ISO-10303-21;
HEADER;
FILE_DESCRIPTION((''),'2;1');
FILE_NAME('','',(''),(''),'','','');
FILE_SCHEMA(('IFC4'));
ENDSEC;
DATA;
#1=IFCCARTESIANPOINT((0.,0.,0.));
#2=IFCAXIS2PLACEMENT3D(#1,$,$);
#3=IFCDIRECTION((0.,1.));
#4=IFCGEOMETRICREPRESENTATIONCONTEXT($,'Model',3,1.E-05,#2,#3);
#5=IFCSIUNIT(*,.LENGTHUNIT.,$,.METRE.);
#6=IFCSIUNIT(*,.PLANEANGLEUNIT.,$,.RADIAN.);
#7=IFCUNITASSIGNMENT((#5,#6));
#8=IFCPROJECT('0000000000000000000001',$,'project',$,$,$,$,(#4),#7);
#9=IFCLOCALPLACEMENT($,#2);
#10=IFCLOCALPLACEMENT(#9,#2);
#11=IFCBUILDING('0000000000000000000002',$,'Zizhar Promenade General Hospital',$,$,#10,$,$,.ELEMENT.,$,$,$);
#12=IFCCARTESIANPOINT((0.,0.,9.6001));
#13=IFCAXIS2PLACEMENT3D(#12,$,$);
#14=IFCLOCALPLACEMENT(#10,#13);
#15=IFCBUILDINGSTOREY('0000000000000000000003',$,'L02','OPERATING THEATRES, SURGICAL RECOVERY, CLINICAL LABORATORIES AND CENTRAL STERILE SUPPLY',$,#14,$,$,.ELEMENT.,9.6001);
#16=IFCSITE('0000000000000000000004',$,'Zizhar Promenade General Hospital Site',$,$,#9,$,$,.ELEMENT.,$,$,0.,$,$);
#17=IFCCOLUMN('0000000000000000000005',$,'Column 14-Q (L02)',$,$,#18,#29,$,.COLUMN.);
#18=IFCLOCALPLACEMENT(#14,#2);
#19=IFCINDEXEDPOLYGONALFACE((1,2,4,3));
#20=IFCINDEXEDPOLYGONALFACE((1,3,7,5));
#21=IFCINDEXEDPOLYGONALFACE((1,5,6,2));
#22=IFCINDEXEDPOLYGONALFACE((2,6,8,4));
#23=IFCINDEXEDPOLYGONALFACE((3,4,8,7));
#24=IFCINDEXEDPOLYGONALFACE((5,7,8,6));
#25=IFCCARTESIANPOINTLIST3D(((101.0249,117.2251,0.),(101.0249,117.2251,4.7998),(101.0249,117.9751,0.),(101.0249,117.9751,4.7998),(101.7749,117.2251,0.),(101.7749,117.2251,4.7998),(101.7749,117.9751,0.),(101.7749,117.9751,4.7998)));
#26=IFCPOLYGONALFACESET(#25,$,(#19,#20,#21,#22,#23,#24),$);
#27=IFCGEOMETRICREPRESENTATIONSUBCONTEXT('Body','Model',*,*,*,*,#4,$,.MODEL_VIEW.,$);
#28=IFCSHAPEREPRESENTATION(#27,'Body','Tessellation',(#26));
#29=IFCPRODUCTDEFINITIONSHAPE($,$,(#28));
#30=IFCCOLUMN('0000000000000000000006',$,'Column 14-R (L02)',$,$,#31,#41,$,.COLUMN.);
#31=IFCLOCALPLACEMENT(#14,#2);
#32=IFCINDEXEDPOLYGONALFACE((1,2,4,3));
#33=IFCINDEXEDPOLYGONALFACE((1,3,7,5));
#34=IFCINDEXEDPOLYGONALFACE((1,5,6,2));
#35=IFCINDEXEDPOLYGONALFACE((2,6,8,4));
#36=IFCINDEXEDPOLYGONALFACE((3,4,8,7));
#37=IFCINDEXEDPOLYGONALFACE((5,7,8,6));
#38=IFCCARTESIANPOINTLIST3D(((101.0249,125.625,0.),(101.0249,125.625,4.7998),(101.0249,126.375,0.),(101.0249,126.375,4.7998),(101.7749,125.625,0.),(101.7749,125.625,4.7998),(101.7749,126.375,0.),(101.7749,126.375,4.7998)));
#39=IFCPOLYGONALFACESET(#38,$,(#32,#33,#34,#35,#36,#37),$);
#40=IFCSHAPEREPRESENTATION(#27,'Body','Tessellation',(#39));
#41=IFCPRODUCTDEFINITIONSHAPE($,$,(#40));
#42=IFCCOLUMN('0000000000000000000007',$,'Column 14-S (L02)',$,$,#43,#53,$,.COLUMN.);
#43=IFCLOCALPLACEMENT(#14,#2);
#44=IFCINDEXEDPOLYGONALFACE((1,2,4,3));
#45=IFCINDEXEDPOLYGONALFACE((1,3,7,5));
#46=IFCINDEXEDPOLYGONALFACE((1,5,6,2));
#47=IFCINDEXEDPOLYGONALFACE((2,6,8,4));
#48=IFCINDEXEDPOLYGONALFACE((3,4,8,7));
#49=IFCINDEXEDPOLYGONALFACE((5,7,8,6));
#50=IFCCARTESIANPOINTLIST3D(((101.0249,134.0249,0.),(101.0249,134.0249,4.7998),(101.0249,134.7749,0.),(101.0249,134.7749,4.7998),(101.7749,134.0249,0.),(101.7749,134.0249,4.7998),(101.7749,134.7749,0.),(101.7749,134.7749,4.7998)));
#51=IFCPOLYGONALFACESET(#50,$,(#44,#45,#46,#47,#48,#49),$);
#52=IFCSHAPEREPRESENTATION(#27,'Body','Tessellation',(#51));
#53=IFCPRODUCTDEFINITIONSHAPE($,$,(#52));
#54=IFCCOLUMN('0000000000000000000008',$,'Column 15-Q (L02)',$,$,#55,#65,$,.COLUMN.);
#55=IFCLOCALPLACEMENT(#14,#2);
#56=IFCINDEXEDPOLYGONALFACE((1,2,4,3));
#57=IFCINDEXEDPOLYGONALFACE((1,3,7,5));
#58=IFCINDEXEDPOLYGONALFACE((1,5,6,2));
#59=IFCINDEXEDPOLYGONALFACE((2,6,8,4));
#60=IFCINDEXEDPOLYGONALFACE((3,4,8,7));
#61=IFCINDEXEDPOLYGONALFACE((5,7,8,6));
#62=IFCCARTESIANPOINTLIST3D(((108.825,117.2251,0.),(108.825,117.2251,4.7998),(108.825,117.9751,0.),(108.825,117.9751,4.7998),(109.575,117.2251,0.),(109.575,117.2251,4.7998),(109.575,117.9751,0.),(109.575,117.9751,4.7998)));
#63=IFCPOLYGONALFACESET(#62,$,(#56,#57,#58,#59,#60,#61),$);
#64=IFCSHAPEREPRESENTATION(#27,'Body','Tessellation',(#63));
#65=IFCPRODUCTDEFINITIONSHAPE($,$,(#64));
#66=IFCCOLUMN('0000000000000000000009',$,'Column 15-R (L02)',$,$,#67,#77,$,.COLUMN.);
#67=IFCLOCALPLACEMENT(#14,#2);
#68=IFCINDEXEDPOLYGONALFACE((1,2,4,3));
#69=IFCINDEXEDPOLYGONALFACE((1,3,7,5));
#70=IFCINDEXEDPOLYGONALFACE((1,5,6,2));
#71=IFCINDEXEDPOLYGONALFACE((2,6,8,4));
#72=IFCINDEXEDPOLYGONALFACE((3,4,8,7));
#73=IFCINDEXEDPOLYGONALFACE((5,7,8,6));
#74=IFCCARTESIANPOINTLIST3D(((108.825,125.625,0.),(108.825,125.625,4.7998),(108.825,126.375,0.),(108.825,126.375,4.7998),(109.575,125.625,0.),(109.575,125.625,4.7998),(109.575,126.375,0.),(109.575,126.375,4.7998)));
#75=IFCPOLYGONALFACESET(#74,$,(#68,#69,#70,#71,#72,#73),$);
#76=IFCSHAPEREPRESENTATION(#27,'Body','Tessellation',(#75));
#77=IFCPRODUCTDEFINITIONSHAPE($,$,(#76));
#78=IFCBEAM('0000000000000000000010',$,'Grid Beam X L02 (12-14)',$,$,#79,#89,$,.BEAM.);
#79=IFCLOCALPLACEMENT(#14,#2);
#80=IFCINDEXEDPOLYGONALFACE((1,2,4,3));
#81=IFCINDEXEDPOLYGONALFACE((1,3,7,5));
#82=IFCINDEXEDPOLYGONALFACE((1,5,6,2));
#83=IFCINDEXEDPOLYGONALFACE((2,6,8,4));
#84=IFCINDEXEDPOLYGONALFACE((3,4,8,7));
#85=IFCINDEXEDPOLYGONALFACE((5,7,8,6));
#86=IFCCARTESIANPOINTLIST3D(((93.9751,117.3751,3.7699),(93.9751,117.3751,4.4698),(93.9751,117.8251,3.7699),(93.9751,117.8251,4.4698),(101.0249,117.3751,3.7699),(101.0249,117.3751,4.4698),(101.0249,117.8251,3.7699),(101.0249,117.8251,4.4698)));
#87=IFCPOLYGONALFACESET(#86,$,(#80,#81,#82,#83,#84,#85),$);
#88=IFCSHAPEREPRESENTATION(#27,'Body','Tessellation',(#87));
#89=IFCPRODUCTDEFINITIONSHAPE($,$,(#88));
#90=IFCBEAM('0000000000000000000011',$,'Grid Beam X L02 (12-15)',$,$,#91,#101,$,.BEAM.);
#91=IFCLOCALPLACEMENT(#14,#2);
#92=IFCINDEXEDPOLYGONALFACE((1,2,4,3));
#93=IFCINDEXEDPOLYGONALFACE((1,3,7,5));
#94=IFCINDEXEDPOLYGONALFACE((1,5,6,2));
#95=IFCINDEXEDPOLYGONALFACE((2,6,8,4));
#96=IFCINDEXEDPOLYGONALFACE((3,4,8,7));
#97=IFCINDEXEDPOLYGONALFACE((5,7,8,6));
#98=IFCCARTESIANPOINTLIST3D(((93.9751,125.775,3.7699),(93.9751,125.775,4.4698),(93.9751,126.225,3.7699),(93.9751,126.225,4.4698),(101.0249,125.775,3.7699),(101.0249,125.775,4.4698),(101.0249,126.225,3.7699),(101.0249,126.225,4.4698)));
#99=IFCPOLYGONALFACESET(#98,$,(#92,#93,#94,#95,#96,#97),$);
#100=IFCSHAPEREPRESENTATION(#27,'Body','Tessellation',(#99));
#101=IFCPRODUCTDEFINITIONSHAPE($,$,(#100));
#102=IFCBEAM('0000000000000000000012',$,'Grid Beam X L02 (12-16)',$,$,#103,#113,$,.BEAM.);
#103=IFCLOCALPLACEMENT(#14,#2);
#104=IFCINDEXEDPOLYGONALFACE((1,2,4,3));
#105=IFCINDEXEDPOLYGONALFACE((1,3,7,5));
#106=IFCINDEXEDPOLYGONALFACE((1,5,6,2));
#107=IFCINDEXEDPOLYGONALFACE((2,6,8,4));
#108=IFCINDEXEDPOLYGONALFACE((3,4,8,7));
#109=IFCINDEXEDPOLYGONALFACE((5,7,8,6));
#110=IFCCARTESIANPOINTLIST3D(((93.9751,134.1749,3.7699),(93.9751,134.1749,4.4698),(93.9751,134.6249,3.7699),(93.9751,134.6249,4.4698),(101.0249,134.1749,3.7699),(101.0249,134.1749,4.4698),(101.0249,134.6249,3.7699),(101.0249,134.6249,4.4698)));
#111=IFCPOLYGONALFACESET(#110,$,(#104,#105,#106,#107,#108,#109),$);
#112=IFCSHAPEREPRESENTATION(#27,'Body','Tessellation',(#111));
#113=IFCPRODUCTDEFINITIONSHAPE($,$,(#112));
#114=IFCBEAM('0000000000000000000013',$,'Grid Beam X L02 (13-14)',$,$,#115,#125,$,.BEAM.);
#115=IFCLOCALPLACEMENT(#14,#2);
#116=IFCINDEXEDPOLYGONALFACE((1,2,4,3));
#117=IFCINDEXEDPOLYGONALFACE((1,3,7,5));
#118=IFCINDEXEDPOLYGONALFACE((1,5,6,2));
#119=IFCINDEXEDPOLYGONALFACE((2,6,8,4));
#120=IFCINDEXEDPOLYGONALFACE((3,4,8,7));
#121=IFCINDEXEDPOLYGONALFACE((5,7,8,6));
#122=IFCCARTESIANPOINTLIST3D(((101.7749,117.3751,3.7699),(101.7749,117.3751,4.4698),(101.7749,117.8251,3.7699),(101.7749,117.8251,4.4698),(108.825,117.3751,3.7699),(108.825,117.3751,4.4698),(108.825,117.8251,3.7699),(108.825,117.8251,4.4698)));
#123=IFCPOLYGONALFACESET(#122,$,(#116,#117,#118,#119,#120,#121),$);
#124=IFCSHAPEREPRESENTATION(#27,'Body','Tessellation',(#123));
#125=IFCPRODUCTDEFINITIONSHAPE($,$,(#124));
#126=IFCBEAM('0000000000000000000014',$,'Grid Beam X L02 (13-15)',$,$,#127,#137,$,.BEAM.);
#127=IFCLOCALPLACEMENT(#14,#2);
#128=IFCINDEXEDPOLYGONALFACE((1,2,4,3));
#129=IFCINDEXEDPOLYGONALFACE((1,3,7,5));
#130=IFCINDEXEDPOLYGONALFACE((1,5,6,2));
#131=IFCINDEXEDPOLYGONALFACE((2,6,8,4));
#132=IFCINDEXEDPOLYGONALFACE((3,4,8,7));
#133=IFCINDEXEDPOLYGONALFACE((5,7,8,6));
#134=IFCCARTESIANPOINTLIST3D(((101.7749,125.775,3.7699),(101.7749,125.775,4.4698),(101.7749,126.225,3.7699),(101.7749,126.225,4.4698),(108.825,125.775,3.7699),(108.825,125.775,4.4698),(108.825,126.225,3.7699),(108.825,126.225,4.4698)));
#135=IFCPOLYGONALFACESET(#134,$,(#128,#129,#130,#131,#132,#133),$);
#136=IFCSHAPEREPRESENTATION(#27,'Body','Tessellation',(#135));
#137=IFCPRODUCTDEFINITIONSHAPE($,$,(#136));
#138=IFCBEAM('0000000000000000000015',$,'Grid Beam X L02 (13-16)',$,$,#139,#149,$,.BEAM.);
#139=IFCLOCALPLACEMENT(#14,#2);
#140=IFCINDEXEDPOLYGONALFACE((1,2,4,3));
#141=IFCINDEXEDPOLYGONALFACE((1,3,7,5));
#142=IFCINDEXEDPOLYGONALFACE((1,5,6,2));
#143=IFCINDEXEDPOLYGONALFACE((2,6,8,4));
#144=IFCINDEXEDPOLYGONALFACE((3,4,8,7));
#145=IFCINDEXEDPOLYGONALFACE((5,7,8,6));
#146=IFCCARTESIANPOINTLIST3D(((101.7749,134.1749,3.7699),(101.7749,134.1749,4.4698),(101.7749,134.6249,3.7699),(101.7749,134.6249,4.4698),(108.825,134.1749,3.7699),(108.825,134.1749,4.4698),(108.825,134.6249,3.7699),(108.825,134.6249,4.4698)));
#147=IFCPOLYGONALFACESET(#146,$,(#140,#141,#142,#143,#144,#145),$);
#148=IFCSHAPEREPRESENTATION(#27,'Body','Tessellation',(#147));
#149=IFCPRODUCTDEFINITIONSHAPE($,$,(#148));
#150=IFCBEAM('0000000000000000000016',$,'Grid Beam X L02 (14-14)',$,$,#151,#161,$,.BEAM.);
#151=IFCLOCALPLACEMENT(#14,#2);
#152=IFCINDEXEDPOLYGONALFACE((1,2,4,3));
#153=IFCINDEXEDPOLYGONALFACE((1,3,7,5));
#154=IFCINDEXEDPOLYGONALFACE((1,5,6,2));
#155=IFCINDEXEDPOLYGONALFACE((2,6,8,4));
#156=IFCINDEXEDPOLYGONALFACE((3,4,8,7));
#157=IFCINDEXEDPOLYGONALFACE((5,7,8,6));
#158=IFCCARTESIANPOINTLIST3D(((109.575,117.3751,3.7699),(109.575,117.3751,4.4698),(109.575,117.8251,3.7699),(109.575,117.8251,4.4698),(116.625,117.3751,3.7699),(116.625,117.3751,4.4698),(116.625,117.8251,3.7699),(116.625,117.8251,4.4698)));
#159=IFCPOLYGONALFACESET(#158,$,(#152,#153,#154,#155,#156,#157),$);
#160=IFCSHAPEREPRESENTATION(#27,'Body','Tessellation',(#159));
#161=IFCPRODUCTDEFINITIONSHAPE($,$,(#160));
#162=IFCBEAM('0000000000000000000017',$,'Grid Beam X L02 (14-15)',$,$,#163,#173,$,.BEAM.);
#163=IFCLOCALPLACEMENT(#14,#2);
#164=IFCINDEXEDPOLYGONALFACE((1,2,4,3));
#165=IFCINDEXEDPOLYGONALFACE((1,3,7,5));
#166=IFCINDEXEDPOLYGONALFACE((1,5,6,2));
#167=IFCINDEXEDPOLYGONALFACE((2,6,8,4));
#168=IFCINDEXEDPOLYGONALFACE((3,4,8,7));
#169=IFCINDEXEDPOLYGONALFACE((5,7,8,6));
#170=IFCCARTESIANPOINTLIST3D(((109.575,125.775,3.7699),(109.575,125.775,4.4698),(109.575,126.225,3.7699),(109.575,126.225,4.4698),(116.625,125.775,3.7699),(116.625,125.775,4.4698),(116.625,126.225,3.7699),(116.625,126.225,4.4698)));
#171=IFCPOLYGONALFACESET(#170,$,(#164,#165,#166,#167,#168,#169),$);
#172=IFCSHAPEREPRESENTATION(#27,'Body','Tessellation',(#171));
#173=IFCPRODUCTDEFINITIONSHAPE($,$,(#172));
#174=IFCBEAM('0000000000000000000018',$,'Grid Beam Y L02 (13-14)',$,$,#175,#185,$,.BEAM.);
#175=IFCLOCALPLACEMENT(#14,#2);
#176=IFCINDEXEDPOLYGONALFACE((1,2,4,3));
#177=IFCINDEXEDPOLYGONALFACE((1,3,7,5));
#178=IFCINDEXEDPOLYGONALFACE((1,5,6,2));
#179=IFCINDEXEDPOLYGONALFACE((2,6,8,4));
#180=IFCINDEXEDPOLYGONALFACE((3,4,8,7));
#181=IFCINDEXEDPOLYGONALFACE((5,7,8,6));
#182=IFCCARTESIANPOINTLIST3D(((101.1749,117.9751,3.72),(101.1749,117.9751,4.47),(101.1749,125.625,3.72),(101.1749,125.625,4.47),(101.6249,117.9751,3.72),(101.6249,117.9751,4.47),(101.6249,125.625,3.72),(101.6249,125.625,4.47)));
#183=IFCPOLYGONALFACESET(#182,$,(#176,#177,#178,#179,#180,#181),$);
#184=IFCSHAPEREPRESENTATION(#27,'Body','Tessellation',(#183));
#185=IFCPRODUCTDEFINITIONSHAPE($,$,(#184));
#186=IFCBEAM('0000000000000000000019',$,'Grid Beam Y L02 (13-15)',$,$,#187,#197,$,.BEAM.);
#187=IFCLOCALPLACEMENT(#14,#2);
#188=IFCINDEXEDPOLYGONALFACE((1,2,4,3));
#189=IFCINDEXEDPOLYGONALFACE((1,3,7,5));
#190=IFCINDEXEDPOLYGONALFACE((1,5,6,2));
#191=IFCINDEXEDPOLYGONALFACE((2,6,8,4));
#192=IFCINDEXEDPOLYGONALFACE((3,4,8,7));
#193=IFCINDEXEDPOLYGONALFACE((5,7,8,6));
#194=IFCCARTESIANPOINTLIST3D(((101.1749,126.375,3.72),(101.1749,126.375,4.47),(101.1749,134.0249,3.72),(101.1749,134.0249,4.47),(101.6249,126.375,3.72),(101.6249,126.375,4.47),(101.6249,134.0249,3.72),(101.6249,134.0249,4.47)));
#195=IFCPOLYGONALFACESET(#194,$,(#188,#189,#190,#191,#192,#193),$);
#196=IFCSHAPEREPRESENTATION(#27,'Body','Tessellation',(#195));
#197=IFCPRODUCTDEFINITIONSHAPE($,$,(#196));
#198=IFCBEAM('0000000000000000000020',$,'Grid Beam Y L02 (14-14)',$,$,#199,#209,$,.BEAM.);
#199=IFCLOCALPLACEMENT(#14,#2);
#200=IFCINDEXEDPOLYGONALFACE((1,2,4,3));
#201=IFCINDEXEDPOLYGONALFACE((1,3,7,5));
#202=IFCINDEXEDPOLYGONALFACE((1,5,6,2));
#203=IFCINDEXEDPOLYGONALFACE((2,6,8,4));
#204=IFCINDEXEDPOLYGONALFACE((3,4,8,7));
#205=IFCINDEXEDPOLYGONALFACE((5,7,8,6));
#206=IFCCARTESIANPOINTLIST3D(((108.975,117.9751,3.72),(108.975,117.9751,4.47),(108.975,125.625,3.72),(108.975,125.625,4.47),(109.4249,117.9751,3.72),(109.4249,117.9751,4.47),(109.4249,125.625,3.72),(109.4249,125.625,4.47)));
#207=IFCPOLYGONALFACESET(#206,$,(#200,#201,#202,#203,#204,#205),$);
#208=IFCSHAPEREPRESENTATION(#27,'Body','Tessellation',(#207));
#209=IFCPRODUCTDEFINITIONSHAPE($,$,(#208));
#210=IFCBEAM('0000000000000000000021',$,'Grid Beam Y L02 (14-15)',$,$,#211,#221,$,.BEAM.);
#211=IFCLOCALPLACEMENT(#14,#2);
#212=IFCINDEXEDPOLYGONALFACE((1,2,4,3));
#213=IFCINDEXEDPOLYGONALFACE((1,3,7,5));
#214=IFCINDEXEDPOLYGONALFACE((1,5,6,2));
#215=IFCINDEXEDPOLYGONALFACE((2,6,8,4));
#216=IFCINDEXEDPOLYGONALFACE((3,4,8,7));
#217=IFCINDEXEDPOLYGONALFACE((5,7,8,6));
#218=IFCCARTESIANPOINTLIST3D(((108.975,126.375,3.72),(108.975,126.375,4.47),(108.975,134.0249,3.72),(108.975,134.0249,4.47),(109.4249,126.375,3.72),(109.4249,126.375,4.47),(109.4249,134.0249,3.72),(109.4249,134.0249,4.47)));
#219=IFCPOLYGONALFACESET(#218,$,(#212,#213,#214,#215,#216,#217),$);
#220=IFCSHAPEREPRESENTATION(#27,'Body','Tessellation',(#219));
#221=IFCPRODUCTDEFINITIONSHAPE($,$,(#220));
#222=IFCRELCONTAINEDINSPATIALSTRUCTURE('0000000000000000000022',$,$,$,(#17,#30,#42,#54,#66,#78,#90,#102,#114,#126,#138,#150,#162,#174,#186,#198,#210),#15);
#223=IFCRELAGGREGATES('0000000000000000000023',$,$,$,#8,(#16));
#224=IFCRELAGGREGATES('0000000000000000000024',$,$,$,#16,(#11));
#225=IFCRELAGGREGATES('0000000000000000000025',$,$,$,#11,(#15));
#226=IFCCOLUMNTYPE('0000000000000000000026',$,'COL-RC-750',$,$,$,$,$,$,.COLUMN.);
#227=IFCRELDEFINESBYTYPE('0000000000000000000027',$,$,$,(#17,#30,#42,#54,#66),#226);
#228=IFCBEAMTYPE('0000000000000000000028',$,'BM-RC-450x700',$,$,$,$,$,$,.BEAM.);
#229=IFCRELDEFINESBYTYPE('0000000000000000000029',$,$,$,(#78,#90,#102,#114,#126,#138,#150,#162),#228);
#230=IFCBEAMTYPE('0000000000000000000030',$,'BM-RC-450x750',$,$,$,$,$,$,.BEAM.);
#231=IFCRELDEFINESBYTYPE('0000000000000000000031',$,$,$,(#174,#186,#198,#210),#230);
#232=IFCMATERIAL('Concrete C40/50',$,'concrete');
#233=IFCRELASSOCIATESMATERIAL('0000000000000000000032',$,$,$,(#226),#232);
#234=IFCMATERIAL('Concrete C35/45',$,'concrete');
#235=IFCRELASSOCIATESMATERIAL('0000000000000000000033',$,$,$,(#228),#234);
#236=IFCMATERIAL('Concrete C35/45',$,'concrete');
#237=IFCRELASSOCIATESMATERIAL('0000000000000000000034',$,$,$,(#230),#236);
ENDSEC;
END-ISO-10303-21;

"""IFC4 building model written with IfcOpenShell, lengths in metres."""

from ifc_helpers import new_model, si_unit, direction, frame, origin, origin_2d, place, context, subcontext, project, spatial, rectangle, extrude, material, material_profile, profile_set, type_object, element, save


model = new_model("IFC4")

# Units and contexts
model_context = context("Model", 3, precision=1e-05, world=origin(), true_north=direction((0.0, 1.0)))
body_context = subcontext(model_context, "Body", "Model", "MODEL_VIEW")
ifc_project = project(units=[si_unit("LENGTHUNIT", "METRE"), si_unit("PLANEANGLEUNIT", "RADIAN")], contexts=[model_context])

# Site, building, storey
site_placement = place(None, origin())
site = spatial("IfcSite", under=ifc_project, at=site_placement, Name="Zizhar Promenade General Hospital Site", CompositionType="ELEMENT", RefElevation=0.0)
building_placement = place(site_placement, origin())
building = spatial("IfcBuilding", under=site, at=building_placement, Name="Zizhar Promenade General Hospital", CompositionType="ELEMENT")
storey_placement = place(building_placement, frame((0.0, 0.0, 9.6001)))
storey = spatial("IfcBuildingStorey", under=building, at=storey_placement, Name="L02", Description="OPERATING THEATRES, SURGICAL RECOVERY, CLINICAL LABORATORIES AND CENTRAL STERILE SUPPLY", CompositionType="ELEMENT", Elevation=9.6001)

# Columns
ifc_material_1 = material(Name="Concrete C40/50", Category="concrete")
ifc_material_profile_1 = material_profile(ifc_material_1, rectangle(XDim=0.75, YDim=0.75, at=origin_2d()))
ifc_profile_set_1 = profile_set([ifc_material_profile_1], Name="Concrete C40/50")
column_type = type_object("IfcColumnType", Name="COL-RC-750", PredefinedType="COLUMN", material=ifc_profile_set_1)
for number, where, z_axis, x_axis, name in (
    (1, (101.3999, 117.6001, 0.0), (0.0, 0.0, 1.0), (1.0, 0.0, 0.0), "Column 14-Q (L02)"),
    (2, (101.3999, 126.0, 0.0), (0.0, 0.0, 1.0), (1.0, 0.0, 0.0), "Column 14-R (L02)"),
    (3, (101.3999, 134.3999, 0.0), (0.0, 0.0, 1.0), (1.0, 0.0, 0.0), "Column 14-S (L02)"),
    (4, (109.2, 117.6001, 0.0), (0.0, 0.0, 1.0), (1.0, 0.0, 0.0), "Column 15-Q (L02)"),
    (5, (109.2, 126.0, 0.0), (0.0, 0.0, 1.0), (1.0, 0.0, 0.0), "Column 15-R (L02)"),
):
    element("IfcColumn", number, at=place(storey_placement, frame(where, z_axis=z_axis, x_axis=x_axis)), inside=storey, type_object=column_type, Name=name, PredefinedType="COLUMN", context=body_context, shape_type="SweptSolid", body=[
        extrude(rectangle(XDim=0.75, YDim=0.75, at=origin_2d()), origin(), (0.0, 0.0, 1.0), 4.7998),
    ])

# Beams
ifc_material_2 = material(Name="Concrete C35/45", Category="concrete")
ifc_material_profile_2 = material_profile(ifc_material_2, rectangle(XDim=0.45, YDim=0.7, at=origin_2d()))
ifc_profile_set_2 = profile_set([ifc_material_profile_2], Name="Concrete C35/45")
beam_type_1 = type_object("IfcBeamType", Name="BM-RC-450x700", PredefinedType="BEAM", material=ifc_profile_set_2)
for number, where, z_axis, x_axis, name in (
    (6, (93.9751, 117.6001, 4.1199), (1.0, 0.0, 0.0), (0.0, 1.0, 0.0), "Grid Beam X L02 (12-14)"),
    (7, (93.9751, 126.0, 4.1199), (1.0, 0.0, 0.0), (0.0, 1.0, 0.0), "Grid Beam X L02 (12-15)"),
    (8, (93.9751, 134.3999, 4.1199), (1.0, 0.0, 0.0), (0.0, 1.0, 0.0), "Grid Beam X L02 (12-16)"),
):
    element("IfcBeam", number, at=place(storey_placement, frame(where, z_axis=z_axis, x_axis=x_axis)), inside=storey, type_object=beam_type_1, Name=name, PredefinedType="BEAM", context=body_context, shape_type="SweptSolid", body=[
        extrude(rectangle(XDim=0.45, YDim=0.7, at=origin_2d()), origin(), (0.0, 0.0, 1.0), 7.0498),
    ])
for number, where, z_axis, x_axis, name in (
    (9, (101.7749, 117.6001, 4.1199), (1.0, 0.0, 0.0), (0.0, 1.0, 0.0), "Grid Beam X L02 (13-14)"),
    (10, (101.7749, 126.0, 4.1199), (1.0, 0.0, 0.0), (0.0, 1.0, 0.0), "Grid Beam X L02 (13-15)"),
    (11, (101.7749, 134.3999, 4.1199), (1.0, 0.0, 0.0), (0.0, 1.0, 0.0), "Grid Beam X L02 (13-16)"),
    (12, (109.575, 117.6001, 4.1199), (1.0, 0.0, 0.0), (0.0, 1.0, 0.0), "Grid Beam X L02 (14-14)"),
    (13, (109.575, 126.0, 4.1199), (1.0, 0.0, 0.0), (0.0, 1.0, 0.0), "Grid Beam X L02 (14-15)"),
):
    element("IfcBeam", number, at=place(storey_placement, frame(where, z_axis=z_axis, x_axis=x_axis)), inside=storey, type_object=beam_type_1, Name=name, PredefinedType="BEAM", context=body_context, shape_type="SweptSolid", body=[
        extrude(rectangle(XDim=0.45, YDim=0.7, at=origin_2d()), origin(), (0.0, 0.0, 1.0), 7.05),
    ])
ifc_material_3 = material(Name="Concrete C35/45", Category="concrete")
ifc_material_profile_3 = material_profile(ifc_material_3, rectangle(XDim=0.45, YDim=0.75, at=origin_2d()))
ifc_profile_set_3 = profile_set([ifc_material_profile_3], Name="Concrete C35/45")
beam_type_2 = type_object("IfcBeamType", Name="BM-RC-450x750", PredefinedType="BEAM", material=ifc_profile_set_3)
for number, where, z_axis, x_axis, name in (
    (14, (101.3999, 117.9751, 4.095), (0.0, 1.0, 0.0), (-1.0, 0.0, 0.0), "Grid Beam Y L02 (13-14)"),
    (15, (101.3999, 126.375, 4.095), (0.0, 1.0, 0.0), (-1.0, 0.0, 0.0), "Grid Beam Y L02 (13-15)"),
    (16, (109.2, 117.9751, 4.095), (0.0, 1.0, 0.0), (-1.0, 0.0, 0.0), "Grid Beam Y L02 (14-14)"),
    (17, (109.2, 126.375, 4.095), (0.0, 1.0, 0.0), (-1.0, 0.0, 0.0), "Grid Beam Y L02 (14-15)"),
):
    element("IfcBeam", number, at=place(storey_placement, frame(where, z_axis=z_axis, x_axis=x_axis)), inside=storey, type_object=beam_type_2, Name=name, PredefinedType="BEAM", context=body_context, shape_type="SweptSolid", body=[
        extrude(rectangle(XDim=0.45, YDim=0.75, at=origin_2d()), origin(), (0.0, 0.0, 1.0), 7.6499),
    ])

save(model, "model.ifc")
